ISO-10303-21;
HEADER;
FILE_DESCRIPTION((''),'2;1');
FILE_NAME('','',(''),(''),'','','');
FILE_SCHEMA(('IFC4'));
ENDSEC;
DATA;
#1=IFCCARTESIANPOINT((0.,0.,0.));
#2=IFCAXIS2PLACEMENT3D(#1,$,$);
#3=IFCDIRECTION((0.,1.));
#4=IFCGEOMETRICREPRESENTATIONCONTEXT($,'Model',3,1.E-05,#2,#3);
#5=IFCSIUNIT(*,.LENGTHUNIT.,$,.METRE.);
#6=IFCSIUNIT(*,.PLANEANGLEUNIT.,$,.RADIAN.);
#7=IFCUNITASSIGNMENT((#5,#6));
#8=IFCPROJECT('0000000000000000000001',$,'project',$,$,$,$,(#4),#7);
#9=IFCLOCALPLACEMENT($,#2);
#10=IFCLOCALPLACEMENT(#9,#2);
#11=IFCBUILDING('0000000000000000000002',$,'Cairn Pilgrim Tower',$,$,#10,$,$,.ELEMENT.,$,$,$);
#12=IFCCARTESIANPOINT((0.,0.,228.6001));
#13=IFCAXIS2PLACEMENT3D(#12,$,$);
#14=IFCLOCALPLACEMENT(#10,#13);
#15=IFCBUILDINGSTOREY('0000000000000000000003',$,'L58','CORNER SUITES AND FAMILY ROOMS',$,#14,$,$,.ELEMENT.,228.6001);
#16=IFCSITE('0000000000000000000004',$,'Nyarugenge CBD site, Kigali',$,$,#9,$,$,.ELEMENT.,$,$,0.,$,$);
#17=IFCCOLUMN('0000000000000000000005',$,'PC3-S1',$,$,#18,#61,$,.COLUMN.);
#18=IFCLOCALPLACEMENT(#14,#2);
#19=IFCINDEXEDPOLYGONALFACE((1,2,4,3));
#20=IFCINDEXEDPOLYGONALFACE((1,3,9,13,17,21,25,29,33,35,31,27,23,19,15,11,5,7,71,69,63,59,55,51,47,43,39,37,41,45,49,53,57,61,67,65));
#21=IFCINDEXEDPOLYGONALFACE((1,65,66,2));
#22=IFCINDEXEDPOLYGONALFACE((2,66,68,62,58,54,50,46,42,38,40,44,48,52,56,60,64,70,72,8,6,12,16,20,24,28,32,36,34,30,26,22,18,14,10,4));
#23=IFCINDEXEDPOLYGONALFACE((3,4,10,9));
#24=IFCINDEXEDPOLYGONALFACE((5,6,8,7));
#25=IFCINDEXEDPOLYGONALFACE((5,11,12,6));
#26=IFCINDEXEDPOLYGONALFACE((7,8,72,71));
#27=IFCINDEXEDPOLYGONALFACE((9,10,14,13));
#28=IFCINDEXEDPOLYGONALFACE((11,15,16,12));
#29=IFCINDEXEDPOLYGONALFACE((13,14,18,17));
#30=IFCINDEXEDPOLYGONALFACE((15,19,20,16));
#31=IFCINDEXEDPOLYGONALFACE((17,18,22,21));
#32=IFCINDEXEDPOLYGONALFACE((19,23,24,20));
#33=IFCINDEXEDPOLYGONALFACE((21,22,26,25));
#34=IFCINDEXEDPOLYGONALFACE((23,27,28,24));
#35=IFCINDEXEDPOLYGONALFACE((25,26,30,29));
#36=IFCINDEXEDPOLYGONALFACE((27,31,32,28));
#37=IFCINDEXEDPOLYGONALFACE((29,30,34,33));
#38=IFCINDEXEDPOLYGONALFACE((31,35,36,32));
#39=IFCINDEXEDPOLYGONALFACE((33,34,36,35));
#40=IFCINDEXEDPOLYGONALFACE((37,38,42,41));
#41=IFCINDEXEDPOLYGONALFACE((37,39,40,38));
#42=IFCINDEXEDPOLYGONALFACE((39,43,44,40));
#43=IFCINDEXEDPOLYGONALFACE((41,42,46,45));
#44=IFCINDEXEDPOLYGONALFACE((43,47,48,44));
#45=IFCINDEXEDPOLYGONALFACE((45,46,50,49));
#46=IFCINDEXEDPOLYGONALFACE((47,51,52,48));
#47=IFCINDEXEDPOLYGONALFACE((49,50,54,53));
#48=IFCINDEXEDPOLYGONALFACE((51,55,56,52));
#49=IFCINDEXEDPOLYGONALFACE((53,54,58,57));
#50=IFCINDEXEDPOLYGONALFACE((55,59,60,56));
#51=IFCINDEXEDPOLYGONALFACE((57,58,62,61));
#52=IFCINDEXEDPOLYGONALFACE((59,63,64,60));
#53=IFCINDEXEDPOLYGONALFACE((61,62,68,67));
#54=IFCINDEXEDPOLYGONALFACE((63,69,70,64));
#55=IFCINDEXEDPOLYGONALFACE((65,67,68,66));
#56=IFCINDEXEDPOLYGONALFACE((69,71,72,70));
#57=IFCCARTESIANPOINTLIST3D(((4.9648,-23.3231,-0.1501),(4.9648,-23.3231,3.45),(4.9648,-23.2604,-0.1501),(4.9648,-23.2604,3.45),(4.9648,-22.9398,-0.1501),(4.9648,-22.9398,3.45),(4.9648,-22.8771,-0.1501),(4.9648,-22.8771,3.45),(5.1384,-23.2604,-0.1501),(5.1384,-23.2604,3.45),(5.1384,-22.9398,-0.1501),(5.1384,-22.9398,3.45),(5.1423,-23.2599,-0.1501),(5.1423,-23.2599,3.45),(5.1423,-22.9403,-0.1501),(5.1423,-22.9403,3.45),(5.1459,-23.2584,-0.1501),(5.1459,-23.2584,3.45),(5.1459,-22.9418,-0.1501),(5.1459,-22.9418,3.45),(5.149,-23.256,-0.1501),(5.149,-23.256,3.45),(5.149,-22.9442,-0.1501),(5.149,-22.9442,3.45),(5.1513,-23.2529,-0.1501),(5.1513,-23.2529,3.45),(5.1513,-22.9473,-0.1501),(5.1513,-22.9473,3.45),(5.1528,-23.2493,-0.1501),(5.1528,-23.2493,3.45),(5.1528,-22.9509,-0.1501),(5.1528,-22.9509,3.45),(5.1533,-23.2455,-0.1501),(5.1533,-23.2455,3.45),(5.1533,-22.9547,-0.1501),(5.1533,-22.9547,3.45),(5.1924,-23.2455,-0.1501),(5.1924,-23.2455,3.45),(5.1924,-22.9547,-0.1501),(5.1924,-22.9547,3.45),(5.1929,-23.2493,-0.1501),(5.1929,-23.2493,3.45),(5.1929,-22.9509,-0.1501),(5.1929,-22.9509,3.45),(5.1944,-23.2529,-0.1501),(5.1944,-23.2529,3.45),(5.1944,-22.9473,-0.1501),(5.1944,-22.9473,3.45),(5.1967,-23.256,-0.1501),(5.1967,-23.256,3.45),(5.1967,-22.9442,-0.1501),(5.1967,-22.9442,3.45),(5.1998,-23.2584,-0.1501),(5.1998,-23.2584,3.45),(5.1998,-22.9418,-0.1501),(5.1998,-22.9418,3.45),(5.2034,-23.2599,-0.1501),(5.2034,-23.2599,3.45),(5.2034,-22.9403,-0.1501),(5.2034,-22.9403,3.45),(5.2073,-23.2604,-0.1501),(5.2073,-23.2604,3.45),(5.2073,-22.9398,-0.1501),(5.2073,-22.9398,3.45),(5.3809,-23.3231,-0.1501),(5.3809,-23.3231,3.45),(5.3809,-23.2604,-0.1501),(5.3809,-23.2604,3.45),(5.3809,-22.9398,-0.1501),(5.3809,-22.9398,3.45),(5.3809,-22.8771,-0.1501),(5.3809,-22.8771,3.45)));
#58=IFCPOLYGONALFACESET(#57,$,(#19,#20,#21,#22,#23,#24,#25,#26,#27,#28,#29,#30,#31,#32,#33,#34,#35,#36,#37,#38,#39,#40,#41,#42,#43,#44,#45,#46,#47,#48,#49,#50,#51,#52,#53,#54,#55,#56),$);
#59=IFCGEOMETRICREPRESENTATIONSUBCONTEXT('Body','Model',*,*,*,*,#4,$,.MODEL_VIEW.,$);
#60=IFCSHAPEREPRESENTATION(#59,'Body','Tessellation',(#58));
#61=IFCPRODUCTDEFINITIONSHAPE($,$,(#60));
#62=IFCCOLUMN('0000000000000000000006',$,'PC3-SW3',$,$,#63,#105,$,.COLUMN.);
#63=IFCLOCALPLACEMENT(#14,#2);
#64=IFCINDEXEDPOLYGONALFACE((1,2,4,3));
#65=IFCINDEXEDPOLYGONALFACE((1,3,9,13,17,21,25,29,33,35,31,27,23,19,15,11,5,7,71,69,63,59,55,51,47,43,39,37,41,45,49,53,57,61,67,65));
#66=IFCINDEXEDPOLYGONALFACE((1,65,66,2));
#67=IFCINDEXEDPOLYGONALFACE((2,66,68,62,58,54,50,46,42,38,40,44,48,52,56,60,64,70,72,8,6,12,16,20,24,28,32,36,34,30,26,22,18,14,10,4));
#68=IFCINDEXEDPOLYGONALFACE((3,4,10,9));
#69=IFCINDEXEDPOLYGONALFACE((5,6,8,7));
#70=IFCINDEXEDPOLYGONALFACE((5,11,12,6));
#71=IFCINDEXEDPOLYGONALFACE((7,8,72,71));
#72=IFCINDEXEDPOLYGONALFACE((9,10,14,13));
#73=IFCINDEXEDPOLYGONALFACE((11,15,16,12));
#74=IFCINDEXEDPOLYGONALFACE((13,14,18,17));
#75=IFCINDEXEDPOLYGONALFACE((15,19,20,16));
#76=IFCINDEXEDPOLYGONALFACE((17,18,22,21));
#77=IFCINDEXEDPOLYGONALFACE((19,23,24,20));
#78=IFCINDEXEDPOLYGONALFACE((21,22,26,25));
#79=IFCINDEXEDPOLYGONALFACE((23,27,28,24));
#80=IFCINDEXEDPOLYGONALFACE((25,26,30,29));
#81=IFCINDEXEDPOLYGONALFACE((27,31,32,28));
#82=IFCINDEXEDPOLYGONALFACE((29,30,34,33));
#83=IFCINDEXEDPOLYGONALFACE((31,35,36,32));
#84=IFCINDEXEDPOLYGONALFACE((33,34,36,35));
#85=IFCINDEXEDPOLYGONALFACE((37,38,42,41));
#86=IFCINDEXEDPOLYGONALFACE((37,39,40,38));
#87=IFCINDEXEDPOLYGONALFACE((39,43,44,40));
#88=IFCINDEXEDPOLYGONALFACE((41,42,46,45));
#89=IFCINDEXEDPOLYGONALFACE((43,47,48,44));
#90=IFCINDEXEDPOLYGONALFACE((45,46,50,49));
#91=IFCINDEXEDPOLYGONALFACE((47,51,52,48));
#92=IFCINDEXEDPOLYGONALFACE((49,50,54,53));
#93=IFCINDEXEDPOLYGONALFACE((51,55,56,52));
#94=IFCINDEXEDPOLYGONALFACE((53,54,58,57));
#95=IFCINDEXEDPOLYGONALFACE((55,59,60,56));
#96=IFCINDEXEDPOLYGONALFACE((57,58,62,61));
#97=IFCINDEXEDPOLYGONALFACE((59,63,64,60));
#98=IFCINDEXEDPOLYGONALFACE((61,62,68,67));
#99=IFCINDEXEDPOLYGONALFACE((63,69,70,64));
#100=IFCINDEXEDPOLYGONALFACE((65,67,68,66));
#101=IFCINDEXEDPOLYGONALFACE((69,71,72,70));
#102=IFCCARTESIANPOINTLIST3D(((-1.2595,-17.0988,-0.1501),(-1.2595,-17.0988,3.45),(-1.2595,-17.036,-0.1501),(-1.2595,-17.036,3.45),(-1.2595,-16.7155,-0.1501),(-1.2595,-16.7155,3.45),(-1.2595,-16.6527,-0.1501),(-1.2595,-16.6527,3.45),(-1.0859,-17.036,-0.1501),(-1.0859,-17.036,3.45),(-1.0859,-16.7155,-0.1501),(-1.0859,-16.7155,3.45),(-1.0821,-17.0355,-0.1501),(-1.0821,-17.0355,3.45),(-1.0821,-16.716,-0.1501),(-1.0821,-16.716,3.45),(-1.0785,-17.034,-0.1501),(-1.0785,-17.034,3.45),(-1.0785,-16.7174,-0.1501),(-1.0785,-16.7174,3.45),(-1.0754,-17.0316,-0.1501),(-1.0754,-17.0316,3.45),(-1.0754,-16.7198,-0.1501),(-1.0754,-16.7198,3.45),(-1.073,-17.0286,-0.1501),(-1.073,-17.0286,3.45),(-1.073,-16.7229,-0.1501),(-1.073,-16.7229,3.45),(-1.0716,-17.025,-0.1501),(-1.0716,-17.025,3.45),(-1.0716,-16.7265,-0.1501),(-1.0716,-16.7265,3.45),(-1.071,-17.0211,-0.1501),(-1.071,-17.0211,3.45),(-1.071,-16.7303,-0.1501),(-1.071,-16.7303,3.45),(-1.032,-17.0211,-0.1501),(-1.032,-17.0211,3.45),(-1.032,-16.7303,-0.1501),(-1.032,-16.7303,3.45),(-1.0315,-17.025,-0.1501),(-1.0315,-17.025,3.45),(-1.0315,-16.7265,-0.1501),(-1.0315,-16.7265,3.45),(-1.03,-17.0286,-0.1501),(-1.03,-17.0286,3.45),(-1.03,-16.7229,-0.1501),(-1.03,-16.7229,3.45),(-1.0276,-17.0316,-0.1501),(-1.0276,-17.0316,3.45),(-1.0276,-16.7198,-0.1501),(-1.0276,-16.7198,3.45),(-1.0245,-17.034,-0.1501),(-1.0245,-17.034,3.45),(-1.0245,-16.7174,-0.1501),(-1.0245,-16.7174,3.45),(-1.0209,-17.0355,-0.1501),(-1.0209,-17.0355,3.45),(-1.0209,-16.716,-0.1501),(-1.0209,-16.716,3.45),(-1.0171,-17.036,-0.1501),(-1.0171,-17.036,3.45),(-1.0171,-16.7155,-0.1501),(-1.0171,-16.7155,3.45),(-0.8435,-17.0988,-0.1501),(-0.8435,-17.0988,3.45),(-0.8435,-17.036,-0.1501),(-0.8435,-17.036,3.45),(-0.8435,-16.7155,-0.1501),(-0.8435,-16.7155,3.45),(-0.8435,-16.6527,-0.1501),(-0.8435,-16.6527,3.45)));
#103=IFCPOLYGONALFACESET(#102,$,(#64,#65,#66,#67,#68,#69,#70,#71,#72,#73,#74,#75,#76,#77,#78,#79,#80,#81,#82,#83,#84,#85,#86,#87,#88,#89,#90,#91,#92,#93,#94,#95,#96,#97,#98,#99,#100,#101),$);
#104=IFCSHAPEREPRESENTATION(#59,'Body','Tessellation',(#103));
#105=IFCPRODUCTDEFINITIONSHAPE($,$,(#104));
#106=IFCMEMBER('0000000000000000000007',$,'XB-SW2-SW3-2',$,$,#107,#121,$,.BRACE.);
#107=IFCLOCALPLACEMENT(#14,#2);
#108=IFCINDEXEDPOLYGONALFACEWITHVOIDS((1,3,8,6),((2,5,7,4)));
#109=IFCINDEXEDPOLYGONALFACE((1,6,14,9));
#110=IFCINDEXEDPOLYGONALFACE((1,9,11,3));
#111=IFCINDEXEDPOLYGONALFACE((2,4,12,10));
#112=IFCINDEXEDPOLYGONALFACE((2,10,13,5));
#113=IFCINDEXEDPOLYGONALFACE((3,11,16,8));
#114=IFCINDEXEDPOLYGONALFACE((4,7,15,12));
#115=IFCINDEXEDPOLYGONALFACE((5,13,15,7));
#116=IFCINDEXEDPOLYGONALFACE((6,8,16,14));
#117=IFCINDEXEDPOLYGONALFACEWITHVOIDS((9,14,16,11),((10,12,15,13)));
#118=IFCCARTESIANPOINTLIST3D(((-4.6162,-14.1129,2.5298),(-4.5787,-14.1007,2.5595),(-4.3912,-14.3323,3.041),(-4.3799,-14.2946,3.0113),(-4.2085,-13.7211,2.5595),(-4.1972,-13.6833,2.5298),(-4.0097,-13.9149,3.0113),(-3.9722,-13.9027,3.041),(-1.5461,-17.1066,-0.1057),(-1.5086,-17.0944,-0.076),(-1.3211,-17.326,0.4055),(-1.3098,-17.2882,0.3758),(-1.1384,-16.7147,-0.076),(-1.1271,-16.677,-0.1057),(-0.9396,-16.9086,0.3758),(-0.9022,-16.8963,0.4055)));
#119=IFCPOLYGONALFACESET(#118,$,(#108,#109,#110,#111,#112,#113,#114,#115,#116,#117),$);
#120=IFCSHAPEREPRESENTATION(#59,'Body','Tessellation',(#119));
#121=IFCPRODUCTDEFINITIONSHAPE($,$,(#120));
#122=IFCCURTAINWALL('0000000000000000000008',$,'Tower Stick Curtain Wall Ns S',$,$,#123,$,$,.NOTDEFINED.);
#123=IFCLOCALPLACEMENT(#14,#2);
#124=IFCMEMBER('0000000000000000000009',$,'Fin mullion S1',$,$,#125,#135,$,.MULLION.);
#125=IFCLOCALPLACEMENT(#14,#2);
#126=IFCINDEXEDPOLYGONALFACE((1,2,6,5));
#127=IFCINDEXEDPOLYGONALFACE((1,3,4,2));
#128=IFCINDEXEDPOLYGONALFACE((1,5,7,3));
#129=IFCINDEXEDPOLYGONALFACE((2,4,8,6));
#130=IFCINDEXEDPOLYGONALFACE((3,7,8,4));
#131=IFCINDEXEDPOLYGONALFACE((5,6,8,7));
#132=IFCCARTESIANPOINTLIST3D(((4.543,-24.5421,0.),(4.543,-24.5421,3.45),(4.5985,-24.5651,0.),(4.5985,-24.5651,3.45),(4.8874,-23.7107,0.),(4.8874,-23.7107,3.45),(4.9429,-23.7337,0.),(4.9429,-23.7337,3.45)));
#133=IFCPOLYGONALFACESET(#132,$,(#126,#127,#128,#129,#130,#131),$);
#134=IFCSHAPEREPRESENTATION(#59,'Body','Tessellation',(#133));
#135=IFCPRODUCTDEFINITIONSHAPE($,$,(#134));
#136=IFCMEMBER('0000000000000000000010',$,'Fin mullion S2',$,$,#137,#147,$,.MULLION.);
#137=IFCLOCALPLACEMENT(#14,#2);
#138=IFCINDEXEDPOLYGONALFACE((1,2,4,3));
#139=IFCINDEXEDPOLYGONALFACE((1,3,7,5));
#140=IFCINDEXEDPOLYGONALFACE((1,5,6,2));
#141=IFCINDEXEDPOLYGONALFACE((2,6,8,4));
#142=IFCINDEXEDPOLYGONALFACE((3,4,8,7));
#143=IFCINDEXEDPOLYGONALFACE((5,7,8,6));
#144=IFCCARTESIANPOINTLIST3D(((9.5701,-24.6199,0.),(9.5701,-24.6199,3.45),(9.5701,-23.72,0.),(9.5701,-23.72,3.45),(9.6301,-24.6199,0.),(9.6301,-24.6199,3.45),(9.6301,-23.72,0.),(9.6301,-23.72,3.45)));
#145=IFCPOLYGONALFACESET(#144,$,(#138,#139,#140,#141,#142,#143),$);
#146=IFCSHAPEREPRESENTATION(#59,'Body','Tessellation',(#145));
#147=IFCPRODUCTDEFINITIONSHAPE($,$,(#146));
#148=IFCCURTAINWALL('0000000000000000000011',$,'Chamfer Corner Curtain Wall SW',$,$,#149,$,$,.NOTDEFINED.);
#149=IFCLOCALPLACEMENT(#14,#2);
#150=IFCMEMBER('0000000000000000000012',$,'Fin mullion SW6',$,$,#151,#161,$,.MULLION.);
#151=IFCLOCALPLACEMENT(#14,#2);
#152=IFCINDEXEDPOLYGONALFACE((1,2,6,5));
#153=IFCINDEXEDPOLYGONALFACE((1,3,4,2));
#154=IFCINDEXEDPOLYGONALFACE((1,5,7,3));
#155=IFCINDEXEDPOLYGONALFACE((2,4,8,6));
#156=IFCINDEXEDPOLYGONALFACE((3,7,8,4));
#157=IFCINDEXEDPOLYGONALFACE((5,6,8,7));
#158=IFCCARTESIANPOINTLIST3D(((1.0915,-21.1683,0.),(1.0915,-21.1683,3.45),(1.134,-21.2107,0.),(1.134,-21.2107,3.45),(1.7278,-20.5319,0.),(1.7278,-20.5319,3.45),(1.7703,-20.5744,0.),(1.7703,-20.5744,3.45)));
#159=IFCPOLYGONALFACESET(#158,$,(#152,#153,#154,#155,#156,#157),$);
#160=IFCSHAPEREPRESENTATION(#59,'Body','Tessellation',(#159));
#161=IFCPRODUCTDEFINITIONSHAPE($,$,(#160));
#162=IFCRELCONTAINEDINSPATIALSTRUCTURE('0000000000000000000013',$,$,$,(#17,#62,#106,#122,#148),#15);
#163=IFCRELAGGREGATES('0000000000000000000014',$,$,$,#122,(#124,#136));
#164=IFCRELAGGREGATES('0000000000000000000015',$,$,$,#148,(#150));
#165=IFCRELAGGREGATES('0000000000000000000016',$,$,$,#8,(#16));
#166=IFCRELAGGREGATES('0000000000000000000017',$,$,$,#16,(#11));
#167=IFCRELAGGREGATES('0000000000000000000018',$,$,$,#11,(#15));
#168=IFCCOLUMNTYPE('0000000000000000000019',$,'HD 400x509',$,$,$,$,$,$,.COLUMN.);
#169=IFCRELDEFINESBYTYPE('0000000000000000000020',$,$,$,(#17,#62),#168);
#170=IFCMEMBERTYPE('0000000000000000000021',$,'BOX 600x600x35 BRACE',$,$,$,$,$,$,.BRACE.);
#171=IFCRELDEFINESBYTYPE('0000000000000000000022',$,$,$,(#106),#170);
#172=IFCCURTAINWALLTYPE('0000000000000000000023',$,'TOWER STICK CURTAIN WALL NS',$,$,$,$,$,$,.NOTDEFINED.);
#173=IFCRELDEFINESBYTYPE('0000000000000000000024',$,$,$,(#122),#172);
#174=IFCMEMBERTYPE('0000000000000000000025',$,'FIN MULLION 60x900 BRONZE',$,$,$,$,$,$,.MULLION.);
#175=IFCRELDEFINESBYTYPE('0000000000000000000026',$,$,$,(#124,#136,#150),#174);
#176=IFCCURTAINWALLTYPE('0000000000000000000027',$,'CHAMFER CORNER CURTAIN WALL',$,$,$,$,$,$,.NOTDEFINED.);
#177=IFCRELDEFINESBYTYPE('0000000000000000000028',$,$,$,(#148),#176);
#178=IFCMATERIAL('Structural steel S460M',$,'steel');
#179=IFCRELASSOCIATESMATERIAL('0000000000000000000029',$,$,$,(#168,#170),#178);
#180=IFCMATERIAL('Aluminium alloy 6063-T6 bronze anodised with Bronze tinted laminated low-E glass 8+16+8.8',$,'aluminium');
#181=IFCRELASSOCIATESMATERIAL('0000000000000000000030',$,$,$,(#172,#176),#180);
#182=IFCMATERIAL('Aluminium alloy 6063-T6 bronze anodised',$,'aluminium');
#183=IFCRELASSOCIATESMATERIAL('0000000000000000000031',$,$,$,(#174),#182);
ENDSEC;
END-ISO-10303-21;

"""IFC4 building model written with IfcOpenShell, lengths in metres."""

from ifc_helpers import new_model, si_unit, direction, frame, origin, origin_2d, place, context, subcontext, project, spatial, rectangle, hollow_rectangle, i_section, extrude, material, material_profile, profile_set, type_object, element, aggregate, save


model = new_model("IFC4")

# Units and contexts
model_context = context("Model", 3, precision=1e-05, world=origin(), true_north=direction((0.0, 1.0)))
body_context = subcontext(model_context, "Body", "Model", "MODEL_VIEW")
ifc_project = project(units=[si_unit("LENGTHUNIT", "METRE"), si_unit("PLANEANGLEUNIT", "RADIAN")], contexts=[model_context])

# Site, building, storey
site_placement = place(None, origin())
site = spatial("IfcSite", under=ifc_project, at=site_placement, Name="Nyarugenge CBD site, Kigali", CompositionType="ELEMENT", RefElevation=0.0)
building_placement = place(site_placement, origin())
building = spatial("IfcBuilding", under=site, at=building_placement, Name="Cairn Pilgrim Tower", CompositionType="ELEMENT")
storey_placement = place(building_placement, frame((0.0, 0.0, 228.6001)))
storey = spatial("IfcBuildingStorey", under=building, at=storey_placement, Name="L58", Description="CORNER SUITES AND FAMILY ROOMS", CompositionType="ELEMENT", Elevation=228.6001)

# Columns
ifc_material_1 = material(Name="Structural steel S460M", Category="steel")
ifc_material_profile_1 = material_profile(ifc_material_1, i_section(OverallWidth=0.416, OverallDepth=0.446, WebThickness=0.0391, FlangeThickness=0.0627, FilletRadius=0.0149, at=origin_2d()), Name="HD 400x509")
ifc_profile_set_1 = profile_set([ifc_material_profile_1], Name="Structural steel S460M")
column_type = type_object("IfcColumnType", Name="HD 400x509", PredefinedType="COLUMN", material=ifc_profile_set_1)
for number, where, z_axis, x_axis, name in (
    (1, (5.1729, -23.1001, -0.1501), (0.0, 0.0, 1.0), (1.0, 0.0, 0.0), "PC3-S1"),
    (2, (-1.0515, -16.8757, -0.1501), (0.0, 0.0, 1.0), (1.0, 0.0, 0.0), "PC3-SW3"),
):
    element("IfcColumn", number, at=place(storey_placement, frame(where, z_axis=z_axis, x_axis=x_axis)), inside=storey, type_object=column_type, Name=name, PredefinedType="COLUMN", context=body_context, shape_type="SweptSolid", body=[
        extrude(i_section(OverallWidth=0.416, OverallDepth=0.446, WebThickness=0.0391, FlangeThickness=0.0627, FilletRadius=0.0149, at=origin_2d()), origin(), (0.0, 0.0, 1.0), 3.6001),
    ])

# Member
ifc_material_profile_2 = material_profile(ifc_material_1, hollow_rectangle(XDim=0.6001, YDim=0.6001, WallThickness=0.0349, at=origin_2d()), Name="BOX 600x600x35")
ifc_profile_set_2 = profile_set([ifc_material_profile_2], Name="Structural steel S460M")
member_type_1 = type_object("IfcMemberType", Name="BOX 600x600x35 BRACE", PredefinedType="BRACE", material=ifc_profile_set_2)
member_1_placement = place(storey_placement, frame((-1.2241, -17.0015, 0.1499), z_axis=(-0.609963, 0.594781, 0.523623), x_axis=(-0.69814, -0.715961, 0.0)))
element("IfcMember", 3, at=member_1_placement, inside=storey, type_object=member_type_1, Name="XB-SW2-SW3-2", PredefinedType="BRACE", context=body_context, shape_type="SweptSolid", body=[
    extrude(hollow_rectangle(XDim=0.6001, YDim=0.6001, WallThickness=0.0349, at=origin_2d()), origin(), (0.0, 0.0, 1.0), 5.0332),
])

# Curtain wall, members
ifc_material_2 = material(Name="Aluminium alloy 6063-T6 bronze anodised with Bronze tinted laminated low-E glass 8+16+8.8", Category="aluminium")
curtain_wall_type_1 = type_object("IfcCurtainWallType", Name="TOWER STICK CURTAIN WALL NS", PredefinedType="NOTDEFINED", material=ifc_material_2)
curtain_wall_1_placement = place(storey_placement, origin())
curtain_wall_1 = element("IfcCurtainWall", 4, at=curtain_wall_1_placement, inside=storey, type_object=curtain_wall_type_1, Name="Tower Stick Curtain Wall Ns S", PredefinedType="NOTDEFINED")
ifc_material_3 = material(Name="Aluminium alloy 6063-T6 bronze anodised", Category="aluminium")
ifc_material_profile_3 = material_profile(ifc_material_3, rectangle(XDim=0.8999, YDim=0.0601, at=origin_2d()), Name="FIN MULLION 60x900 BRONZE")
ifc_profile_set_3 = profile_set([ifc_material_profile_3], Name="Aluminium alloy 6063-T6 bronze anodised")
member_type_2 = type_object("IfcMemberType", Name="FIN MULLION 60x900 BRONZE", PredefinedType="MULLION", material=ifc_profile_set_3)
member_2_placement = place(storey_placement, frame((4.7429, -24.1379, 0.0), z_axis=(0.0, 0.0, 1.0), x_axis=(-0.382683, -0.92388, 0.0)))
member_2 = element("IfcMember", 5, at=member_2_placement, type_object=member_type_2, Name="Fin mullion S1", PredefinedType="MULLION", context=body_context, shape_type="SweptSolid", body=[
    extrude(rectangle(XDim=0.8999, YDim=0.0601, at=origin_2d()), origin(), (0.0, 0.0, 1.0), 3.45),
])
member_3_placement = place(storey_placement, frame((9.6001, -24.1699, 0.0), z_axis=(0.0, 0.0, 1.0), x_axis=(0.0, -1.0, 0.0)))
member_3 = element("IfcMember", 6, at=member_3_placement, type_object=member_type_2, Name="Fin mullion S2", PredefinedType="MULLION", context=body_context, shape_type="SweptSolid", body=[
    extrude(rectangle(XDim=0.8999, YDim=0.0601, at=origin_2d()), origin(), (0.0, 0.0, 1.0), 3.45),
])
aggregate(curtain_wall_1, [member_2, member_3])

# Curtain wall, member
curtain_wall_type_2 = type_object("IfcCurtainWallType", Name="CHAMFER CORNER CURTAIN WALL", PredefinedType="NOTDEFINED", material=ifc_material_2)
curtain_wall_2_placement = place(storey_placement, origin())
curtain_wall_2 = element("IfcCurtainWall", 7, at=curtain_wall_2_placement, inside=storey, type_object=curtain_wall_type_2, Name="Chamfer Corner Curtain Wall SW", PredefinedType="NOTDEFINED")
member_4_placement = place(storey_placement, frame((1.4309, -20.8713, 0.0), z_axis=(0.0, 0.0, 1.0), x_axis=(-0.707107, -0.707107, 0.0)))
member_4 = element("IfcMember", 8, at=member_4_placement, type_object=member_type_2, Name="Fin mullion SW6", PredefinedType="MULLION", context=body_context, shape_type="SweptSolid", body=[
    extrude(rectangle(XDim=0.8999, YDim=0.0601, at=origin_2d()), origin(), (0.0, 0.0, 1.0), 3.45),
])

aggregate(curtain_wall_2, [member_4])

save(model, "model.ifc")
